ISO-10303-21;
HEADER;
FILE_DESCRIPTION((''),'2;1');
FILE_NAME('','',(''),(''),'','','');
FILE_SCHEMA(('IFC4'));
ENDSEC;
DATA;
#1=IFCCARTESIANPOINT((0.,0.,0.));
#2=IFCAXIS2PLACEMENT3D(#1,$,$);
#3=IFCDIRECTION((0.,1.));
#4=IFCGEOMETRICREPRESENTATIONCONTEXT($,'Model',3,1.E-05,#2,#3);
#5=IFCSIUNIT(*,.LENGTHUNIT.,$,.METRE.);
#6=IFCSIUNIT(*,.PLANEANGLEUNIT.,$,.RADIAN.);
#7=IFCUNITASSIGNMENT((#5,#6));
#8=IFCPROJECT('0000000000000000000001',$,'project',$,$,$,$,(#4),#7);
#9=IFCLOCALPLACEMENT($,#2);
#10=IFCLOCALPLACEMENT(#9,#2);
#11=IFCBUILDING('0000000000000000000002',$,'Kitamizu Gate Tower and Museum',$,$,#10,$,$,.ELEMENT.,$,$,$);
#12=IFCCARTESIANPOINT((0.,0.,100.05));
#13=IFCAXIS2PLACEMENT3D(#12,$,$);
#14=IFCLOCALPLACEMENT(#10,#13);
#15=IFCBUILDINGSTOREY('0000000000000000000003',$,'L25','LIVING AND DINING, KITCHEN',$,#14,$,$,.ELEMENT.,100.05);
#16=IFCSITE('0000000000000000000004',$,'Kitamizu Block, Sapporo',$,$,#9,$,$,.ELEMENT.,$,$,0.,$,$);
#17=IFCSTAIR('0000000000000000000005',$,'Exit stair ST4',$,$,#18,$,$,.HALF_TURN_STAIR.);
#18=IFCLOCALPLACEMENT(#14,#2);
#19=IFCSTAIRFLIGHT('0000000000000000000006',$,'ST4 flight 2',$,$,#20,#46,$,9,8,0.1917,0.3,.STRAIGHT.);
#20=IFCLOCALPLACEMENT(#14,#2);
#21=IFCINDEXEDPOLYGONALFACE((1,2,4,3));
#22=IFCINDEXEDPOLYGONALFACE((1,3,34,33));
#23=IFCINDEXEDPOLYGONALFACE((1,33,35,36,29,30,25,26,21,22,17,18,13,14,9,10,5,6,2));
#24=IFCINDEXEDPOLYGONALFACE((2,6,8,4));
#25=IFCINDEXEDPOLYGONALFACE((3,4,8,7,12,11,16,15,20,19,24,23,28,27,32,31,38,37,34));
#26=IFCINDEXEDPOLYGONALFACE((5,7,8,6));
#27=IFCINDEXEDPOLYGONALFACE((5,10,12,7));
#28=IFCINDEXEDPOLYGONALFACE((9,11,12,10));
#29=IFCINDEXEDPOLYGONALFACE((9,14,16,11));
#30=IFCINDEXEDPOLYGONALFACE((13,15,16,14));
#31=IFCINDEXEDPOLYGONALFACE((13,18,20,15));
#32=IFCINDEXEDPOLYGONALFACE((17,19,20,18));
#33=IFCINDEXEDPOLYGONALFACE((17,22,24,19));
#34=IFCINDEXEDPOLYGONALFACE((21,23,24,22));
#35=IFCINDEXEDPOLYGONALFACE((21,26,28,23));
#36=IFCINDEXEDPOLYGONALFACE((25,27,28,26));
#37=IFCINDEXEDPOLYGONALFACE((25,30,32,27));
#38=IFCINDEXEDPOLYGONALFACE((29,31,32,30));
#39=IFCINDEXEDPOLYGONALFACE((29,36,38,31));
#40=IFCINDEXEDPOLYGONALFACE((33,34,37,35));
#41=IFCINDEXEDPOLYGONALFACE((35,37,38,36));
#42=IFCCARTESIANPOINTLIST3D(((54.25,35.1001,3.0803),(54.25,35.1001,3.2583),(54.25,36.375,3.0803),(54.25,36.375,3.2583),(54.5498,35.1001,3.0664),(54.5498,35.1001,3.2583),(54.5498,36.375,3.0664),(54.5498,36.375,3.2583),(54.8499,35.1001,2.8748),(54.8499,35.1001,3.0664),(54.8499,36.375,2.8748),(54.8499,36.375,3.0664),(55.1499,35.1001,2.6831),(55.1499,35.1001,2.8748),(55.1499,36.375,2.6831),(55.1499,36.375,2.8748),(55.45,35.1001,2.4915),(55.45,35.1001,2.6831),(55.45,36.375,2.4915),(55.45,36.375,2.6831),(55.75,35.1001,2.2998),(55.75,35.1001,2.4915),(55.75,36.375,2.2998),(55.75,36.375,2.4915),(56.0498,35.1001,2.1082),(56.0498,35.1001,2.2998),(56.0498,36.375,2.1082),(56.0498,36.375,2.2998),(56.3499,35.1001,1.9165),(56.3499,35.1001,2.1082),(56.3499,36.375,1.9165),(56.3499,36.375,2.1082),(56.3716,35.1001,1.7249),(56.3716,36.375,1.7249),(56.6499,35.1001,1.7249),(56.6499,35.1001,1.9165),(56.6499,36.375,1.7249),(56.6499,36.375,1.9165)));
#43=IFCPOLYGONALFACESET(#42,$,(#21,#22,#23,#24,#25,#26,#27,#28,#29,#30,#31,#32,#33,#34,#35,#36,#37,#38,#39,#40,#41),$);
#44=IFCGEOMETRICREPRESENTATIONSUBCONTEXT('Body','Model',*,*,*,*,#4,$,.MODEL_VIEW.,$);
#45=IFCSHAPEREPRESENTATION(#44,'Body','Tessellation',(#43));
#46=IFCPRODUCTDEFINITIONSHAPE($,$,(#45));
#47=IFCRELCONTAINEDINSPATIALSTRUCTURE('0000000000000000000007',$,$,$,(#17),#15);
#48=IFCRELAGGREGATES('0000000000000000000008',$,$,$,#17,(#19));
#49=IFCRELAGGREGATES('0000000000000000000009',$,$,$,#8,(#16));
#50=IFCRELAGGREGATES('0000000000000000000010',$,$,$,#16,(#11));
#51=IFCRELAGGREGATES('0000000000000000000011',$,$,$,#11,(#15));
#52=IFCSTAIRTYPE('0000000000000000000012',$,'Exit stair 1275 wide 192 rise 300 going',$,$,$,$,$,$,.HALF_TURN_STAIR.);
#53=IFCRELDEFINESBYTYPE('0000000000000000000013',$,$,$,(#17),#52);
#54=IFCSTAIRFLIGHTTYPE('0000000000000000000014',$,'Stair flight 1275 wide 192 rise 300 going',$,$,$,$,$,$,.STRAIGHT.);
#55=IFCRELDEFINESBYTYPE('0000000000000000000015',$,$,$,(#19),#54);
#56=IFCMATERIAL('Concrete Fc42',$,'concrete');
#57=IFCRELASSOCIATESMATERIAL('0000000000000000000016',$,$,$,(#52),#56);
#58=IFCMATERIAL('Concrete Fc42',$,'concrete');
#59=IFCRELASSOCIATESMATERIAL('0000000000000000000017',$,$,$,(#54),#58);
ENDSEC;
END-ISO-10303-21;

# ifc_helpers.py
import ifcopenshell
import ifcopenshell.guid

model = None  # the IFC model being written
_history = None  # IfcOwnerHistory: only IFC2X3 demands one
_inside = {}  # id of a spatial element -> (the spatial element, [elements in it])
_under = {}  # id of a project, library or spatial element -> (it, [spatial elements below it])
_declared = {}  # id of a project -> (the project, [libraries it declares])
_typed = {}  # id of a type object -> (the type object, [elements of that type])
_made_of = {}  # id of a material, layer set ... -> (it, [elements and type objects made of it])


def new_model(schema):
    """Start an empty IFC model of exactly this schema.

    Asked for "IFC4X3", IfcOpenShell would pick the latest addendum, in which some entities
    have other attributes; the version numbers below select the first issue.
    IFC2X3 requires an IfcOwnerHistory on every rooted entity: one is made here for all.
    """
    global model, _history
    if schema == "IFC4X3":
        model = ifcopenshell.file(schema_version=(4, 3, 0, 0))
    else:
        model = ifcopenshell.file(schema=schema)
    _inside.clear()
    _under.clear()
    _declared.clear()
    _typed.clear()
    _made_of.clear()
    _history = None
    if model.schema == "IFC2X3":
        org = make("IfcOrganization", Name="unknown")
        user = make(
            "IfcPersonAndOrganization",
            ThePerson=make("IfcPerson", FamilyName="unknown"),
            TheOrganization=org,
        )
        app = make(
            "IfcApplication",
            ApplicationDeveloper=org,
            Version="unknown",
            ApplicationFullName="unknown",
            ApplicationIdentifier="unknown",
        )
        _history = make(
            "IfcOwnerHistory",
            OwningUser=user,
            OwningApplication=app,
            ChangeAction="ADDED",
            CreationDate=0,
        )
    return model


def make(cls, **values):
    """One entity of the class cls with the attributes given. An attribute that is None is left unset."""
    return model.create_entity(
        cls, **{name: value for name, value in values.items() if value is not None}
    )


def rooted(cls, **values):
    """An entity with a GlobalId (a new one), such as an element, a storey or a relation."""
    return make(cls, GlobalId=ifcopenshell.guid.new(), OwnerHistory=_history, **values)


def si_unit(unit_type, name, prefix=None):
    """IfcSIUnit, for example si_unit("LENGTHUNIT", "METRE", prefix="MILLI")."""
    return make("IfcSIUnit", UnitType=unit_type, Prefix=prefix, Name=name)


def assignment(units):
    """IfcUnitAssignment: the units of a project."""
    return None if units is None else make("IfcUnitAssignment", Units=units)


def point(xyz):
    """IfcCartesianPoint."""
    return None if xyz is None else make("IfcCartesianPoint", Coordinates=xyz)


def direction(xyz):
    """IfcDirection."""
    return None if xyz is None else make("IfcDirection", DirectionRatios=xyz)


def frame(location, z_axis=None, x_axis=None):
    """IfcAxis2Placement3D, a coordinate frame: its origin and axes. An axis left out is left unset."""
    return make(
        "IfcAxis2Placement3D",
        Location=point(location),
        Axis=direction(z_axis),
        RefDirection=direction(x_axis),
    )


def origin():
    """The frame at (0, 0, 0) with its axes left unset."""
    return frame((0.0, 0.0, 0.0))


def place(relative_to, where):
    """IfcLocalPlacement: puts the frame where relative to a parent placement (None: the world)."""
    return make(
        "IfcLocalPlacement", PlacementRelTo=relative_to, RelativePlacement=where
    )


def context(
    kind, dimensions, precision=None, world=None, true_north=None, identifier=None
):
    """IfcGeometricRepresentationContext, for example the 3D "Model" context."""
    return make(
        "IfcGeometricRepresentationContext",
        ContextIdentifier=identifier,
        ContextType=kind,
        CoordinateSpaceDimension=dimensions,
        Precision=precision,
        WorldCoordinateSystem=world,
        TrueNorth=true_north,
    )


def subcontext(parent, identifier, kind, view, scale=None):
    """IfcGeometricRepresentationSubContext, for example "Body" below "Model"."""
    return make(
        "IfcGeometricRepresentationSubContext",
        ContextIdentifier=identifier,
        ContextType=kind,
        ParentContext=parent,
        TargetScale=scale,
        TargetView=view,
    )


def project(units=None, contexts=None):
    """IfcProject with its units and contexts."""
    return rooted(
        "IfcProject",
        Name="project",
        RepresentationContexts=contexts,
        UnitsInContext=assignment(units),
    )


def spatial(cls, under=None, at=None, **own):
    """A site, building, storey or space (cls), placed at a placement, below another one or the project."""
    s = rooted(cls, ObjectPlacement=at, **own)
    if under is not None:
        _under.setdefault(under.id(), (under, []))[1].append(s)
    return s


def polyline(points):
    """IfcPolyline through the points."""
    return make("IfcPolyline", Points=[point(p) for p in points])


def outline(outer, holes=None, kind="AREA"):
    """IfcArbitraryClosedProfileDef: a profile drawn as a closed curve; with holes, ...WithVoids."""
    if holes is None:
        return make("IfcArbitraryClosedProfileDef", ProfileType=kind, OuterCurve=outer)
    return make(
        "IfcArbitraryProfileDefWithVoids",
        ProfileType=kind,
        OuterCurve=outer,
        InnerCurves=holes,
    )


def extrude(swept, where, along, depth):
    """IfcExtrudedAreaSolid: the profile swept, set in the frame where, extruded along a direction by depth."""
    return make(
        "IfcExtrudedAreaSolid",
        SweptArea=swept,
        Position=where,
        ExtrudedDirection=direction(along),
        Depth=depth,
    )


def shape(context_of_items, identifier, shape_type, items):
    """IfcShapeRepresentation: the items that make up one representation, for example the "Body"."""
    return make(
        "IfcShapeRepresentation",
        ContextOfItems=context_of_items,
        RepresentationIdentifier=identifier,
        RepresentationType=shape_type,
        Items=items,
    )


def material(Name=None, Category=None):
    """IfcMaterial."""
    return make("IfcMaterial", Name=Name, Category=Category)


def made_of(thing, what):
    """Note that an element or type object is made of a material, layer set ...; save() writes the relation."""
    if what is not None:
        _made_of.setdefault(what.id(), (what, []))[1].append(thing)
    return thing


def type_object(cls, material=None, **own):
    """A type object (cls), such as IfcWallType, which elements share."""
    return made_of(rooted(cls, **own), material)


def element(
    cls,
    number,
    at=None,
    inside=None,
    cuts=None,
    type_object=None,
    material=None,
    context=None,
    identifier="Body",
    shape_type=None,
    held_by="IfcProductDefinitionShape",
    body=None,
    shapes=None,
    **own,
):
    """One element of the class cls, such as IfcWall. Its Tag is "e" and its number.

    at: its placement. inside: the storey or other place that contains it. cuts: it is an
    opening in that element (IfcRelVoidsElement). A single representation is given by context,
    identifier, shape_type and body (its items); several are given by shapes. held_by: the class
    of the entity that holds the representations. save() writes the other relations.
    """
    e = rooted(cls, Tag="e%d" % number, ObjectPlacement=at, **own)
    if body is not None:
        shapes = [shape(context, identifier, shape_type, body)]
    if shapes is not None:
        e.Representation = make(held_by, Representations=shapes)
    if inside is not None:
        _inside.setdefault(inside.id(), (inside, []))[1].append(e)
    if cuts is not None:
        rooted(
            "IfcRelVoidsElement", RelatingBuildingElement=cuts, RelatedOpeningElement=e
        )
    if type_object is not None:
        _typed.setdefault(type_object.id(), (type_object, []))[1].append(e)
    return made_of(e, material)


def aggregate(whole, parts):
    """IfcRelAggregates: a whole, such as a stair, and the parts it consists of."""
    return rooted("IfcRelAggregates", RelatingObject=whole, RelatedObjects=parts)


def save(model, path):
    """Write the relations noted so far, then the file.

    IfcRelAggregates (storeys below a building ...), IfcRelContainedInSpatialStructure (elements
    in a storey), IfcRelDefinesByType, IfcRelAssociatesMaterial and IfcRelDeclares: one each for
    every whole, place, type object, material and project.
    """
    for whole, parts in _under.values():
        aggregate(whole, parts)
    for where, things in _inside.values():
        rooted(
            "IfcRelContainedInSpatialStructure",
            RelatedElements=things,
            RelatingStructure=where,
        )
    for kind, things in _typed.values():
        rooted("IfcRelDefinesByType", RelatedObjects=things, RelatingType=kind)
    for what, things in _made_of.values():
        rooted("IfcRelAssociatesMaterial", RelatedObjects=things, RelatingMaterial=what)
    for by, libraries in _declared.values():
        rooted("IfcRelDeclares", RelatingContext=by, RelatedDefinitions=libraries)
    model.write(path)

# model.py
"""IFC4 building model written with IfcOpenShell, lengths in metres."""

from ifc_helpers import new_model, si_unit, direction, frame, origin, place, context, subcontext, project, spatial, polyline, outline, extrude, material, type_object, element, aggregate, save


model = new_model("IFC4")

# Units and contexts
model_context = context("Model", 3, precision=1e-05, world=origin(), true_north=direction((0.0, 1.0)))
body_context = subcontext(model_context, "Body", "Model", "MODEL_VIEW")
ifc_project = project(units=[si_unit("LENGTHUNIT", "METRE"), si_unit("PLANEANGLEUNIT", "RADIAN")], contexts=[model_context])

# Site, building, storey
site_placement = place(None, origin())
site = spatial("IfcSite", under=ifc_project, at=site_placement, Name="Kitamizu Block, Sapporo", CompositionType="ELEMENT", RefElevation=0.0)
building_placement = place(site_placement, origin())
building = spatial("IfcBuilding", under=site, at=building_placement, Name="Kitamizu Gate Tower and Museum", CompositionType="ELEMENT")
storey_placement = place(building_placement, frame((0.0, 0.0, 100.05)))
storey = spatial("IfcBuildingStorey", under=building, at=storey_placement, Name="L25", Description="LIVING AND DINING, KITCHEN", CompositionType="ELEMENT", Elevation=100.05)

# Stair, stair flight
ifc_material_1 = material(Name="Concrete Fc42", Category="concrete")
stair_type = type_object("IfcStairType", Name="Exit stair 1275 wide 192 rise 300 going", PredefinedType="HALF_TURN_STAIR", material=ifc_material_1)
stair_placement = place(storey_placement, origin())
stair = element("IfcStair", 1, at=stair_placement, inside=storey, type_object=stair_type, Name="Exit stair ST4", PredefinedType="HALF_TURN_STAIR")
ifc_material_2 = material(Name="Concrete Fc42", Category="concrete")
stair_flight_type = type_object("IfcStairFlightType", Name="Stair flight 1275 wide 192 rise 300 going", PredefinedType="STRAIGHT", material=ifc_material_2)
stair_flight_placement = place(storey_placement, frame((56.6499, 35.7375, 1.7249), z_axis=(0.0, 0.0, 1.0), x_axis=(-1.0, 0.0, 0.0)))
stair_flight = element("IfcStairFlight", 2, at=stair_flight_placement, type_object=stair_flight_type, Name="ST4 flight 2", NumberOfRisers=9, NumberOfTreads=8, PredefinedType="STRAIGHT", RiserHeight=0.1917, TreadLength=0.3, context=body_context, shape_type="SweptSolid", body=[
    extrude(outline(polyline([(0.0, 0.0), (0.0, 0.1917), (0.3, 0.1917), (0.3, 0.3833), (0.6001, 0.3833), (0.6001, 0.575), (0.8999, 0.575), (0.8999, 0.7666), (1.2, 0.7666), (1.2, 0.9583), (1.5, 0.9583), (1.5, 1.1499), (1.8, 1.1499), (1.8, 1.3416), (2.1001, 1.3416), (2.1001, 1.5334), (2.3999, 1.5334), (2.3999, 1.7251), (2.3999, 1.3555), (0.2783, 0.0), (0.0, 0.0)])), frame((0.0, 0.6375, 0.0), z_axis=(0.0, -1.0, 0.0), x_axis=(1.0, 0.0, 0.0)), (0.0, 0.0, 1.0), 1.2749),
])
aggregate(stair, [stair_flight])

save(model, "model.ifc")
